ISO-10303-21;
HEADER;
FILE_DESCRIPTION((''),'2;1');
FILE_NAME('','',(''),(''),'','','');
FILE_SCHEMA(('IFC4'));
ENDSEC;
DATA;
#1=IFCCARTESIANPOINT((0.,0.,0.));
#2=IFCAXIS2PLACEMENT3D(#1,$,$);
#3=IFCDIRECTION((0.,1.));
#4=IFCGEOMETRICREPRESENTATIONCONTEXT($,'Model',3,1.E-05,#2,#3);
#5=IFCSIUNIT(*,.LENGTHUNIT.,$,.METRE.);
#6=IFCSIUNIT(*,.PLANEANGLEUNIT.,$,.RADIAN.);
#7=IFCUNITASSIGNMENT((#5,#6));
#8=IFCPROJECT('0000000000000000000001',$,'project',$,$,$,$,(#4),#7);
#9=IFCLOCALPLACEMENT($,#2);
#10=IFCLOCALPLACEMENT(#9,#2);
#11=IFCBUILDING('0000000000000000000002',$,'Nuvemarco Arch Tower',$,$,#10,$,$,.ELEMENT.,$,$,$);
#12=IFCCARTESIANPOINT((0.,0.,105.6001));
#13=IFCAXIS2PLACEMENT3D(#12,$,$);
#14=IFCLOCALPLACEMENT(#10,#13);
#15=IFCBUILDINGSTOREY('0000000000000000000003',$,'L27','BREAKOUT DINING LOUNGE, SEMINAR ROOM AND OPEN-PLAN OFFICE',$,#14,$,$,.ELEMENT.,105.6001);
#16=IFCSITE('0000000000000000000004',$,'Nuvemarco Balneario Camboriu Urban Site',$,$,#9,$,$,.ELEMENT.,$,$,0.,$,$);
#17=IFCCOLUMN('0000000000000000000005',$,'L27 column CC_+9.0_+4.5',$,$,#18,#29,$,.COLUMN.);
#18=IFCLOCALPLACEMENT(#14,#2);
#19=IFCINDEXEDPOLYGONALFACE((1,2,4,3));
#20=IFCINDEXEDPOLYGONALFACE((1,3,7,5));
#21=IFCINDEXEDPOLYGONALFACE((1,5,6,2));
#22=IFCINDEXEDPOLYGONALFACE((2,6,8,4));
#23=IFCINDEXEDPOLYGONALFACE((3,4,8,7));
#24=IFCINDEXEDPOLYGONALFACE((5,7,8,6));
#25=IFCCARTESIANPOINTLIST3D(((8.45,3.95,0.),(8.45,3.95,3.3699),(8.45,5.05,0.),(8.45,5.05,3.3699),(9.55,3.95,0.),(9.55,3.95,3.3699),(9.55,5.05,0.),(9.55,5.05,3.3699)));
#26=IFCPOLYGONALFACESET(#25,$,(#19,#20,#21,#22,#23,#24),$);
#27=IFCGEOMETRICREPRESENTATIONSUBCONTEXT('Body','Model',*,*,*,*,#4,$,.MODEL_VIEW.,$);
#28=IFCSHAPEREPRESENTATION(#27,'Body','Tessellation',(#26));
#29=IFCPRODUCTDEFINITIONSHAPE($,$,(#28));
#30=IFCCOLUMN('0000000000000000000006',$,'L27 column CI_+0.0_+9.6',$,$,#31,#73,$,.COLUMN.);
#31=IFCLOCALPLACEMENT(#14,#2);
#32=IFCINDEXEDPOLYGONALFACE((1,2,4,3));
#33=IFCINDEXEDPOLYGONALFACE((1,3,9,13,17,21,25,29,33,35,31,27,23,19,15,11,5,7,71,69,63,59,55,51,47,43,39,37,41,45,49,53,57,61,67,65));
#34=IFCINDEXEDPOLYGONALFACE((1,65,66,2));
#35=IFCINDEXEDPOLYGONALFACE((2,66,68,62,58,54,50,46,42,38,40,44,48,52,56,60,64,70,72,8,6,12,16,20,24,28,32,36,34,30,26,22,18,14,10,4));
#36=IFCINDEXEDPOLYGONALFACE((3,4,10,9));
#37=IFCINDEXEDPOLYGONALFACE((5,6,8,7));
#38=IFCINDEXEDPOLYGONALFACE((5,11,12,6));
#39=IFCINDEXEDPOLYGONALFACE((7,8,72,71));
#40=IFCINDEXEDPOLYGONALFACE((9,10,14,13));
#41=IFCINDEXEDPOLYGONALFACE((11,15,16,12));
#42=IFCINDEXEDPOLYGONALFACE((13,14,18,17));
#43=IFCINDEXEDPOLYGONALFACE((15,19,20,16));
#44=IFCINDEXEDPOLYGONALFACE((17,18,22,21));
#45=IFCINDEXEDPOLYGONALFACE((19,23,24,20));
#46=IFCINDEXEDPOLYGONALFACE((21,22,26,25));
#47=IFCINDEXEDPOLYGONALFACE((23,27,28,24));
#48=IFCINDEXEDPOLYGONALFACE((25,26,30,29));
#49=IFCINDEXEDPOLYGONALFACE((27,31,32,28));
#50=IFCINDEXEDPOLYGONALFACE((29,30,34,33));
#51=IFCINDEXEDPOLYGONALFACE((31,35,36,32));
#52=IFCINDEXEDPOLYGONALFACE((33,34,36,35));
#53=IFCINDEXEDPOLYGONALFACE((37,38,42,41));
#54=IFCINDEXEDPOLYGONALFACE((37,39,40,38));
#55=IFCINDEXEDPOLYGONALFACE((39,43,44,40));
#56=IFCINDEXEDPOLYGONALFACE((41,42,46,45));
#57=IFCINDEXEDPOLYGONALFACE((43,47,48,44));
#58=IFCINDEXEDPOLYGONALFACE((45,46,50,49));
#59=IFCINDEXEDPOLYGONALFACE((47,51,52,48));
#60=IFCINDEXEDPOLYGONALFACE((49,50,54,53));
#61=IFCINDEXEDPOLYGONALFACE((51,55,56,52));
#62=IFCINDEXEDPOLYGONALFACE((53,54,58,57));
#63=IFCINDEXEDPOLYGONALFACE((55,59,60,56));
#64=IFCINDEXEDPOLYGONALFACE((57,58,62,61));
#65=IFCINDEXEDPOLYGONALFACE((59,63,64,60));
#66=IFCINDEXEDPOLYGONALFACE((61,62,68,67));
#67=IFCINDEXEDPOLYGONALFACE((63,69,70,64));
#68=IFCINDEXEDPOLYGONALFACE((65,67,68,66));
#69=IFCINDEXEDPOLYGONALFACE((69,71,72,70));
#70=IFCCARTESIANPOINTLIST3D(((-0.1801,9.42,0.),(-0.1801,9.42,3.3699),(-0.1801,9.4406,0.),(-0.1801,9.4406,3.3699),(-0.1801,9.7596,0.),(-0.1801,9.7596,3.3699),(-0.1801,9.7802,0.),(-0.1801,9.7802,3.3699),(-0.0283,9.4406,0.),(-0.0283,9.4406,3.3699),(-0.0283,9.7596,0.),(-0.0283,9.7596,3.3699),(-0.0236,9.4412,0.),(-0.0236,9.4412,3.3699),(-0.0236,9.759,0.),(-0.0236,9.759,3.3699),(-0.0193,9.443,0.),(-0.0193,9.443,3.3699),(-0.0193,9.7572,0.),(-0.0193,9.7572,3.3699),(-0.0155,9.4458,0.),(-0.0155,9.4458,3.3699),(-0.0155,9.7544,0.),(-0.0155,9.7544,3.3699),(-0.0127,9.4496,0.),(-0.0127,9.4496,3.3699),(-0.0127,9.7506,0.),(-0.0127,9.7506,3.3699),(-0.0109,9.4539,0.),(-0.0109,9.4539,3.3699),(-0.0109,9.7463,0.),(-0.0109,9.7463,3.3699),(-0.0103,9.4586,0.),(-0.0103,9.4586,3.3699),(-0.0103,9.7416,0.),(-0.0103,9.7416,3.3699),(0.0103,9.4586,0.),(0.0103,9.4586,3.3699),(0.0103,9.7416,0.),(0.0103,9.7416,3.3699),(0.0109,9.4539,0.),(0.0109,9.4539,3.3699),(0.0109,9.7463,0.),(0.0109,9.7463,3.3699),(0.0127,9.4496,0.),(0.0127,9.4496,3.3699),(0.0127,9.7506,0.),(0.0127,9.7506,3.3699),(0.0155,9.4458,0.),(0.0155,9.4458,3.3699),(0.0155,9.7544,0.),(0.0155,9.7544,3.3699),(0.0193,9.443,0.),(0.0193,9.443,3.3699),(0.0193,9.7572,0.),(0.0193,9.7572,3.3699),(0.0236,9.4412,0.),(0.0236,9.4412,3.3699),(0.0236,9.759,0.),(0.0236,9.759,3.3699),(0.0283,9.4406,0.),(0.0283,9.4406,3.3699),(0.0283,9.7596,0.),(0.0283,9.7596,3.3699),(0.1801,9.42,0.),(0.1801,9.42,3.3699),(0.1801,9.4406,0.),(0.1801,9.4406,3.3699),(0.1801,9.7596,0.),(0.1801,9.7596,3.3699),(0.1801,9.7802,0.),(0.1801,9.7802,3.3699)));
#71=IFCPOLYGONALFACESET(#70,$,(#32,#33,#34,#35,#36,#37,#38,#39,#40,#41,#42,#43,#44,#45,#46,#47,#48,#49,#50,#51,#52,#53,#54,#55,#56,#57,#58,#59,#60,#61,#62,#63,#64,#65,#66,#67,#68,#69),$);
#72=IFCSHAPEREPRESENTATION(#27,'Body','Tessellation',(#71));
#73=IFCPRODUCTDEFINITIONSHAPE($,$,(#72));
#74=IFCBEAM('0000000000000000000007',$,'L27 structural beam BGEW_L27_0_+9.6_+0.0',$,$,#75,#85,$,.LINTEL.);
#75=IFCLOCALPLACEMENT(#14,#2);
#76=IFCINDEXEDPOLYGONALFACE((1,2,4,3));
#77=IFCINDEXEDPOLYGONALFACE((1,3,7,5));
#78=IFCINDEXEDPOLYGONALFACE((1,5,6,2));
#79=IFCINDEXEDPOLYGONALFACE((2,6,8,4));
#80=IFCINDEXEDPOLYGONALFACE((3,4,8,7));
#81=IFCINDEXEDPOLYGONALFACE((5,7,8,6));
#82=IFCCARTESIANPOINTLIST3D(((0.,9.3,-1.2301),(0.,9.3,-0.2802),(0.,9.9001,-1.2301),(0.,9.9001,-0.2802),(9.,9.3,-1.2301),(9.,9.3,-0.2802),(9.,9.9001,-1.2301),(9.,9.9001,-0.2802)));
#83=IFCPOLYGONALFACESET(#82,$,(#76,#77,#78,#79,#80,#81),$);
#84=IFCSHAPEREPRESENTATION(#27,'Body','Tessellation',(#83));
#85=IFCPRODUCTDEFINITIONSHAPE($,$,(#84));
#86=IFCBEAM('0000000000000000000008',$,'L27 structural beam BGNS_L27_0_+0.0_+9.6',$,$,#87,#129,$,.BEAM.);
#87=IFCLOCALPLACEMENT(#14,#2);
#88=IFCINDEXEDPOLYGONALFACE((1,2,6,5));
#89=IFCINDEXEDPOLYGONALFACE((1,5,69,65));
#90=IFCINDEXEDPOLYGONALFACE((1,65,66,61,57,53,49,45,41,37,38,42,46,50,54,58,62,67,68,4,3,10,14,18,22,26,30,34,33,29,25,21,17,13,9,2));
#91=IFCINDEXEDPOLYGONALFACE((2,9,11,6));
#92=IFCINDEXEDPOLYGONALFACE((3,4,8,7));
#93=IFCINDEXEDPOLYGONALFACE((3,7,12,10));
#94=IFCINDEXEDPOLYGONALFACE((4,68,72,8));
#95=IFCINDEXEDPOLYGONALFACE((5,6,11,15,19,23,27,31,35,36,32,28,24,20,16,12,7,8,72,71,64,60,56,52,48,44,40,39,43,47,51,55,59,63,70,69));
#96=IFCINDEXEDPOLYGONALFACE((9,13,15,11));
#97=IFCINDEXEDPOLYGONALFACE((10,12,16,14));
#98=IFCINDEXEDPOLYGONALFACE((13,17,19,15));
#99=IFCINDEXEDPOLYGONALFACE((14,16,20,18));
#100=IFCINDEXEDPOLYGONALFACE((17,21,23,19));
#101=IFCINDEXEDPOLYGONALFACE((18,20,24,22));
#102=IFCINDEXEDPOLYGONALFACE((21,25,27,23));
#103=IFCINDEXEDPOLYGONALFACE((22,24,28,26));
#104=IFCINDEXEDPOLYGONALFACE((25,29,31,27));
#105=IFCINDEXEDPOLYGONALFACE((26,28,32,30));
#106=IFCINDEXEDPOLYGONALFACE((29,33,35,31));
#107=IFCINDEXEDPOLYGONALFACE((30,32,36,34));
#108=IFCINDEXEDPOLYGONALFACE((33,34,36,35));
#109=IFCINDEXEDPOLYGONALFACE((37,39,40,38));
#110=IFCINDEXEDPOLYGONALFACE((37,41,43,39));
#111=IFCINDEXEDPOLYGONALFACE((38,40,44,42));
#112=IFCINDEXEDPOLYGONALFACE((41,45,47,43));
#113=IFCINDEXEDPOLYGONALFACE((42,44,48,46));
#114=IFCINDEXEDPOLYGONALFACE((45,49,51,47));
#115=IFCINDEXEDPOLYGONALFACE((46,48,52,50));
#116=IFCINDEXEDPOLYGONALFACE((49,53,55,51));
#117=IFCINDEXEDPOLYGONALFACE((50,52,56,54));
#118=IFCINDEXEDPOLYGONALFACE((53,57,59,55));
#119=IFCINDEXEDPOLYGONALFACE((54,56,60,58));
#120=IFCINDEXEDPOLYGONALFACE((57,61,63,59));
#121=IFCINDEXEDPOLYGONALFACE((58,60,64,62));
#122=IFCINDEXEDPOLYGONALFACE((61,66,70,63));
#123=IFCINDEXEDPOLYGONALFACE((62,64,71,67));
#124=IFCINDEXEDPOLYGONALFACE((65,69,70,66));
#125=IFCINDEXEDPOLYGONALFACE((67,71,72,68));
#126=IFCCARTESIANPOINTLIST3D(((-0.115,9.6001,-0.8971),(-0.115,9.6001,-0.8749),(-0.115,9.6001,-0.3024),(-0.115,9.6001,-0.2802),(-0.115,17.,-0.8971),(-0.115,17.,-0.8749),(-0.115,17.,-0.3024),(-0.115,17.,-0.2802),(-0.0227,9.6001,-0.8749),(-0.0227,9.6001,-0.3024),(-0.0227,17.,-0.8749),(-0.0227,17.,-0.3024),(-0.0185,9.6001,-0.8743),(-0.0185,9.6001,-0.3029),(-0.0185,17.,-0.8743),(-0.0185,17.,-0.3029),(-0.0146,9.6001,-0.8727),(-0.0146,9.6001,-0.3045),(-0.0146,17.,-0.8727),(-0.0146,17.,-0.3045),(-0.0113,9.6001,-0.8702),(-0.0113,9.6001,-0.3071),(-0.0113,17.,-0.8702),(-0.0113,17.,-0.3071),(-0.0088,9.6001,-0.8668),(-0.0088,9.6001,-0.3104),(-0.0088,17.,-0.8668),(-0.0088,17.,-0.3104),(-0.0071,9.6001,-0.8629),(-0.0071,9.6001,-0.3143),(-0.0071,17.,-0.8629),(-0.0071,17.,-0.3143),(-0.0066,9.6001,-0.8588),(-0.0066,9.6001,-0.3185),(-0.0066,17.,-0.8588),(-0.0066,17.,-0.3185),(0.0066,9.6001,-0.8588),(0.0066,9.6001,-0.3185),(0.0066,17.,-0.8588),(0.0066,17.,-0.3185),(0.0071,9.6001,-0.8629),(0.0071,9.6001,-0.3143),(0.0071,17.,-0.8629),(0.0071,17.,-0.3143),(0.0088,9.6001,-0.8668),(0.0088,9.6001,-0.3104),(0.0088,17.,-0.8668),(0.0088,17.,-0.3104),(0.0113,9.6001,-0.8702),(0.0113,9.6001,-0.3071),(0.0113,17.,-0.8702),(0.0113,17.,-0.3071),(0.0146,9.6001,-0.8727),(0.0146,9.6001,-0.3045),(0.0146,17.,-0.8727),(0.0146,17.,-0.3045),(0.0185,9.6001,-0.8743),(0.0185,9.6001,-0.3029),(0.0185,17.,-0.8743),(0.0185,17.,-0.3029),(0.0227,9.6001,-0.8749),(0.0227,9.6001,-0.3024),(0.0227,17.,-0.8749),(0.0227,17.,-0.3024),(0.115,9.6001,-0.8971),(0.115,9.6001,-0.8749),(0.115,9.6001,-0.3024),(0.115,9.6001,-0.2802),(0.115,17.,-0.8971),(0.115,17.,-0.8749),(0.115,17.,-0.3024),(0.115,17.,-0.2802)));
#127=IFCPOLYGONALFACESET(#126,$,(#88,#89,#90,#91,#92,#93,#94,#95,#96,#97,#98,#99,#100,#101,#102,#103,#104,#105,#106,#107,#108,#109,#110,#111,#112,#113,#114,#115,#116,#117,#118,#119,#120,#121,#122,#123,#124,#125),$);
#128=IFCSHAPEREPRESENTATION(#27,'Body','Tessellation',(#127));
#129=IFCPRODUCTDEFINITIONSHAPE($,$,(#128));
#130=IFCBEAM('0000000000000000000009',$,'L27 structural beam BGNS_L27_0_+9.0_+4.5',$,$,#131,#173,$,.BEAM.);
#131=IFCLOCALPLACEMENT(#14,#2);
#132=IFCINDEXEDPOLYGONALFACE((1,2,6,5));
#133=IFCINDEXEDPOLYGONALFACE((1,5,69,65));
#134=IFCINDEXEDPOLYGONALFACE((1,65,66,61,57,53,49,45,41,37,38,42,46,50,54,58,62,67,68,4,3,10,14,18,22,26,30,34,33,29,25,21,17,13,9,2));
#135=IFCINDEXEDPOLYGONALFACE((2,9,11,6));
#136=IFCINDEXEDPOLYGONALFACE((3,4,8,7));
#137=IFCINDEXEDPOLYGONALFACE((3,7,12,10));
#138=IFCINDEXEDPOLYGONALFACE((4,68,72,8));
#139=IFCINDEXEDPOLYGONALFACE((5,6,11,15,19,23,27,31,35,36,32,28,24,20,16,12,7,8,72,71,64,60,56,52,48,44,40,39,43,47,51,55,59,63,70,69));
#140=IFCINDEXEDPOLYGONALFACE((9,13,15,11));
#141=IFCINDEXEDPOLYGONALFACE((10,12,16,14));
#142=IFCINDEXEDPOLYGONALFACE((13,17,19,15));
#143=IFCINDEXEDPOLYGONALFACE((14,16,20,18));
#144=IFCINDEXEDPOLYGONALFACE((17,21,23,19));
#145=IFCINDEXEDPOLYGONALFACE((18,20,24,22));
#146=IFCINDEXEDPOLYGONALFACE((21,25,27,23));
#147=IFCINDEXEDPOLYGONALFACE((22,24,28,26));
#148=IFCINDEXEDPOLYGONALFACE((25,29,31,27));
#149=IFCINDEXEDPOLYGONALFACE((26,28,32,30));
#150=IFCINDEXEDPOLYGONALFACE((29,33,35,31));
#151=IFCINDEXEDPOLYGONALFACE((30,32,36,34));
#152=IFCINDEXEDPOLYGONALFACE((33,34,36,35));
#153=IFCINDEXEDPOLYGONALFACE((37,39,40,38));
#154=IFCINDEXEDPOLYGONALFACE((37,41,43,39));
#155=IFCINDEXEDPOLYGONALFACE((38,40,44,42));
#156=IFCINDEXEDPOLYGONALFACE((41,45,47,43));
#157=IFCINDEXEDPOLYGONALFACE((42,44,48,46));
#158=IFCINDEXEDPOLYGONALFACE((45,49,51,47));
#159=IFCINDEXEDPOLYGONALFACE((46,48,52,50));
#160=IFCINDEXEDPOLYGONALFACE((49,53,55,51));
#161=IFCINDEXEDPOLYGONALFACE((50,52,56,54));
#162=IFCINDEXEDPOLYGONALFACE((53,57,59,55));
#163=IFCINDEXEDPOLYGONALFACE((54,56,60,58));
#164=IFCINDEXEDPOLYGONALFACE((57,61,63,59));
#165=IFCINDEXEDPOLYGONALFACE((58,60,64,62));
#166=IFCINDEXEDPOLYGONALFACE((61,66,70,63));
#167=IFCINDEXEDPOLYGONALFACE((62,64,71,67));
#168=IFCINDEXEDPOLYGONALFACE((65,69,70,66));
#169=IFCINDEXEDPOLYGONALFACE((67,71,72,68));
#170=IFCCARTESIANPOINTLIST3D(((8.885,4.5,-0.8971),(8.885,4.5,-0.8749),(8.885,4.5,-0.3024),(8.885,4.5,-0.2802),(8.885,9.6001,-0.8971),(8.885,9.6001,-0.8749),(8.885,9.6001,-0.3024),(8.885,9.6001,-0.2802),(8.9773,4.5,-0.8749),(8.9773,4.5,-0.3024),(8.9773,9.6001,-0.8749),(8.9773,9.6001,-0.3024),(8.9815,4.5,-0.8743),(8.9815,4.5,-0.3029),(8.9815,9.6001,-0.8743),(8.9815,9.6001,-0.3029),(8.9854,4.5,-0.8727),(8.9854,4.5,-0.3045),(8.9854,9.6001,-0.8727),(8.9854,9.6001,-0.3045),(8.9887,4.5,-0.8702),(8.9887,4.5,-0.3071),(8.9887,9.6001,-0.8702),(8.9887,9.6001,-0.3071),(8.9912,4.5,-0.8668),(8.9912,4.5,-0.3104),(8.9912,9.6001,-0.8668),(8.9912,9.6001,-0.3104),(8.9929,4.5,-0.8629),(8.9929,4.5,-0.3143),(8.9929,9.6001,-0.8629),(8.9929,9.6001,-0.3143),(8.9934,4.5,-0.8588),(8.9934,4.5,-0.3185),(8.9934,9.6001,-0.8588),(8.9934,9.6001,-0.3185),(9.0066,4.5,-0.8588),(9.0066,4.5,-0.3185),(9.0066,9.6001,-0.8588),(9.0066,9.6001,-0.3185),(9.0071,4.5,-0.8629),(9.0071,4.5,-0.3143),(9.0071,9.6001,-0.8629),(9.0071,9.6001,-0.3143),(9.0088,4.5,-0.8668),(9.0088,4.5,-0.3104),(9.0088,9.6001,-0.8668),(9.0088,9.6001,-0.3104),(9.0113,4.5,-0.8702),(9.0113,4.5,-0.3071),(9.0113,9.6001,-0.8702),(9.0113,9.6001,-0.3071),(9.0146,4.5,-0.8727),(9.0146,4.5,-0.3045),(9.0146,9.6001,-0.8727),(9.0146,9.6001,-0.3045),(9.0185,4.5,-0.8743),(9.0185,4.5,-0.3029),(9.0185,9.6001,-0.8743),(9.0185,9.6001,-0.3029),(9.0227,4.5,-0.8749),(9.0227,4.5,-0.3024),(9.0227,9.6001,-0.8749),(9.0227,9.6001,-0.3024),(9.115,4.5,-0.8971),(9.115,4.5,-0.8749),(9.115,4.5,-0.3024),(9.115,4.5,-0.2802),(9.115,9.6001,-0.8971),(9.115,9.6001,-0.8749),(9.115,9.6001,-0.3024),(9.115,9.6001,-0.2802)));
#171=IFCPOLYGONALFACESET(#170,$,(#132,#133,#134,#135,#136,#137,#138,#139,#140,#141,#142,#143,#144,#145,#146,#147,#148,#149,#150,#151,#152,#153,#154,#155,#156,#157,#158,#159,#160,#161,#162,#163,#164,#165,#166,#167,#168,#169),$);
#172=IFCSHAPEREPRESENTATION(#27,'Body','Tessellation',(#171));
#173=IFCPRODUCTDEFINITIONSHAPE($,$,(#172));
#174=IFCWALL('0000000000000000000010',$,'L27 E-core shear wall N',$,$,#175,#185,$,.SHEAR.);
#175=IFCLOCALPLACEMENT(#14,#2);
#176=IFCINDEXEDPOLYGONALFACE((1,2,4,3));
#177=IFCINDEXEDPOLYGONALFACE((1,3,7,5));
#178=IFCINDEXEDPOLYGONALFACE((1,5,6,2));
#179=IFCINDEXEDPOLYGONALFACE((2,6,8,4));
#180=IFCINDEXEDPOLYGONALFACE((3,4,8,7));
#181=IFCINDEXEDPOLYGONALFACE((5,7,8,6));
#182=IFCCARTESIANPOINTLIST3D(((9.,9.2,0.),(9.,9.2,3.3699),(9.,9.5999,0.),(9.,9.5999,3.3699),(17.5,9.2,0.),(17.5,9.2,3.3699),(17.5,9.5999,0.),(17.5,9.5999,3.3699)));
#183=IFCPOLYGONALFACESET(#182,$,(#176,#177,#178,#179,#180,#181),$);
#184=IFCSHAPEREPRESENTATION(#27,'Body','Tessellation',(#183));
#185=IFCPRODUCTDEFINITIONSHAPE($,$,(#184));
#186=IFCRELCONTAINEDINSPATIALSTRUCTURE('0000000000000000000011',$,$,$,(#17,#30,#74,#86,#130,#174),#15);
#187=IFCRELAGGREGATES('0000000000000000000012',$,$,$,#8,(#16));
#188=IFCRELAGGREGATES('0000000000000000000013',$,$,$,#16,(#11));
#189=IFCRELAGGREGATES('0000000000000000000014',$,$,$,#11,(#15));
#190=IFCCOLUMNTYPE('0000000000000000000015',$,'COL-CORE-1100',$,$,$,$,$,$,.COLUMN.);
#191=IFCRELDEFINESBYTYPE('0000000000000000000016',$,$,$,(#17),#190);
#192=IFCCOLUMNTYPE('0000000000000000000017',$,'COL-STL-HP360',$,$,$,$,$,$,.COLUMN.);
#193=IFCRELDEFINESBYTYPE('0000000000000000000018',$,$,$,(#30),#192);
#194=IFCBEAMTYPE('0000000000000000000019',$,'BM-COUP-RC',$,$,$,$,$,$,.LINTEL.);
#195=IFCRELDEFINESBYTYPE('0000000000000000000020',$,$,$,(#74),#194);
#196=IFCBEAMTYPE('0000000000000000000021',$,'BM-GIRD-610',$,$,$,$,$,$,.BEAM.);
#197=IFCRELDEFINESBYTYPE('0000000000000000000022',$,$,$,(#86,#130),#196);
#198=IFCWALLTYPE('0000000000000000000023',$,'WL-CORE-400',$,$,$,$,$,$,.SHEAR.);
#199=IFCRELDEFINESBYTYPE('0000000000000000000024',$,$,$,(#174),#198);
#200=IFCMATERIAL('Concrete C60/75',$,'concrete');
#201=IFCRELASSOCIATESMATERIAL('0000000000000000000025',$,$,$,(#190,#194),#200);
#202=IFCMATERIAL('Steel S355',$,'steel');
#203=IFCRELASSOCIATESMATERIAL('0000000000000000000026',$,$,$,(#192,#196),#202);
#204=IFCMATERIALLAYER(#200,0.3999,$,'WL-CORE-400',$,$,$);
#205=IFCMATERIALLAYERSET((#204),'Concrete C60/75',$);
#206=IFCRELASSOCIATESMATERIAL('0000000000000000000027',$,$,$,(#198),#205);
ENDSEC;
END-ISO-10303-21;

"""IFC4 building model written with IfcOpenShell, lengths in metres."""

from ifc_helpers import new_model, si_unit, direction, frame, frame_2d, origin, origin_2d, place, context, subcontext, project, spatial, rectangle, i_section, extrude, material, layer, layer_set, material_profile, profile_set, type_object, element, save


model = new_model("IFC4")

# Units and contexts
model_context = context("Model", 3, precision=1e-05, world=origin(), true_north=direction((0.0, 1.0)))
body_context = subcontext(model_context, "Body", "Model", "MODEL_VIEW")
ifc_project = project(units=[si_unit("LENGTHUNIT", "METRE"), si_unit("PLANEANGLEUNIT", "RADIAN")], contexts=[model_context])

# Site, building, storey
site_placement = place(None, origin())
site = spatial("IfcSite", under=ifc_project, at=site_placement, Name="Nuvemarco Balneario Camboriu Urban Site", CompositionType="ELEMENT", RefElevation=0.0)
building_placement = place(site_placement, origin())
building = spatial("IfcBuilding", under=site, at=building_placement, Name="Nuvemarco Arch Tower", CompositionType="ELEMENT")
storey_placement = place(building_placement, frame((0.0, 0.0, 105.6001)))
storey = spatial("IfcBuildingStorey", under=building, at=storey_placement, Name="L27", Description="BREAKOUT DINING LOUNGE, SEMINAR ROOM AND OPEN-PLAN OFFICE", CompositionType="ELEMENT", Elevation=105.6001)

# Columns
ifc_material_1 = material(Name="Concrete C60/75", Category="concrete")
ifc_material_profile_1 = material_profile(ifc_material_1, rectangle(XDim=1.1001, YDim=1.1001, at=origin_2d()), Name="RC-COL-1100x1100")
ifc_profile_set_1 = profile_set([ifc_material_profile_1], Name="Concrete C60/75")
column_type_1 = type_object("IfcColumnType", Name="COL-CORE-1100", PredefinedType="COLUMN", material=ifc_profile_set_1)
column_1_placement = place(storey_placement, frame((9.0, 4.5, 0.0), z_axis=(0.0, 0.0, 1.0), x_axis=(1.0, 0.0, 0.0)))
element("IfcColumn", 1, at=column_1_placement, inside=storey, type_object=column_type_1, Name="L27 column CC_+9.0_+4.5", PredefinedType="COLUMN", context=body_context, shape_type="SweptSolid", body=[
    extrude(rectangle(XDim=1.1001, YDim=1.1001, at=origin_2d()), origin(), (0.0, 0.0, 1.0), 3.3699),
])
ifc_material_2 = material(Name="Steel S355", Category="steel")
ifc_material_profile_2 = material_profile(ifc_material_2, i_section(OverallWidth=0.3601, OverallDepth=0.3601, WebThickness=0.0205, FlangeThickness=0.0205, FilletRadius=0.0181, at=origin_2d()), Name="HP360x174")
ifc_profile_set_2 = profile_set([ifc_material_profile_2], Name="Steel S355")
column_type_2 = type_object("IfcColumnType", Name="COL-STL-HP360", PredefinedType="COLUMN", material=ifc_profile_set_2)
column_2_placement = place(storey_placement, frame((0.0, 9.6001, 0.0), z_axis=(0.0, 0.0, 1.0), x_axis=(1.0, 0.0, 0.0)))
element("IfcColumn", 2, at=column_2_placement, inside=storey, type_object=column_type_2, Name="L27 column CI_+0.0_+9.6", PredefinedType="COLUMN", context=body_context, shape_type="SweptSolid", body=[
    extrude(i_section(OverallWidth=0.3601, OverallDepth=0.3601, WebThickness=0.0205, FlangeThickness=0.0205, FilletRadius=0.0181, at=origin_2d()), origin(), (0.0, 0.0, 1.0), 3.3699),
])

# Beams
ifc_material_profile_3 = material_profile(ifc_material_1, rectangle(XDim=0.6001, YDim=0.95, at=origin_2d()), Name="RC-BM-600x950")
ifc_profile_set_3 = profile_set([ifc_material_profile_3], Name="Concrete C60/75")
beam_type_1 = type_object("IfcBeamType", Name="BM-COUP-RC", PredefinedType="LINTEL", material=ifc_profile_set_3)
beam_1_placement = place(storey_placement, frame((0.0, 9.6001, -0.7551), z_axis=(1.0, 0.0, 0.0), x_axis=(0.0, 1.0, 0.0)))
element("IfcBeam", 3, at=beam_1_placement, inside=storey, type_object=beam_type_1, Name="L27 structural beam BGEW_L27_0_+9.6_+0.0", PredefinedType="LINTEL", context=body_context, shape_type="SweptSolid", body=[
    extrude(rectangle(XDim=0.6001, YDim=0.95, at=origin_2d()), origin(), (0.0, 0.0, 1.0), 9.0),
])
ifc_material_profile_4 = material_profile(ifc_material_2, i_section(OverallWidth=0.23, OverallDepth=0.6169, WebThickness=0.0132, FlangeThickness=0.0222, FilletRadius=0.0161, at=origin_2d()), Name="W610x140")
ifc_profile_set_4 = profile_set([ifc_material_profile_4], Name="Steel S355")
beam_type_2 = type_object("IfcBeamType", Name="BM-GIRD-610", PredefinedType="BEAM", material=ifc_profile_set_4)
beam_2_placement = place(storey_placement, frame((0.0, 9.6001, -0.5886), z_axis=(0.0, 1.0, 0.0), x_axis=(-1.0, 0.0, 0.0)))
element("IfcBeam", 4, at=beam_2_placement, inside=storey, type_object=beam_type_2, Name="L27 structural beam BGNS_L27_0_+0.0_+9.6", PredefinedType="BEAM", context=body_context, shape_type="SweptSolid", body=[
    extrude(i_section(OverallWidth=0.23, OverallDepth=0.6169, WebThickness=0.0132, FlangeThickness=0.0222, FilletRadius=0.0161, at=origin_2d()), origin(), (0.0, 0.0, 1.0), 7.3999),
])
beam_3_placement = place(storey_placement, frame((9.0, 4.5, -0.5886), z_axis=(0.0, 1.0, 0.0), x_axis=(-1.0, 0.0, 0.0)))
element("IfcBeam", 5, at=beam_3_placement, inside=storey, type_object=beam_type_2, Name="L27 structural beam BGNS_L27_0_+9.0_+4.5", PredefinedType="BEAM", context=body_context, shape_type="SweptSolid", body=[
    extrude(i_section(OverallWidth=0.23, OverallDepth=0.6169, WebThickness=0.0132, FlangeThickness=0.0222, FilletRadius=0.0161, at=origin_2d()), origin(), (0.0, 0.0, 1.0), 5.1001),
])

# Wall
ifc_layer_1 = layer(ifc_material_1, 0.3999, Name="WL-CORE-400")
ifc_layer_set_1 = layer_set([ifc_layer_1], Name="Concrete C60/75")
wall_type_1 = type_object("IfcWallType", Name="WL-CORE-400", PredefinedType="SHEAR", material=ifc_layer_set_1)
wall_1_placement = place(storey_placement, frame((9.0, 9.3999, 0.0), z_axis=(0.0, 0.0, 1.0), x_axis=(1.0, 0.0, 0.0)))
element("IfcWall", 6, at=wall_1_placement, inside=storey, type_object=wall_type_1, Name="L27 E-core shear wall N", PredefinedType="SHEAR", context=body_context, shape_type="SweptSolid", body=[
    extrude(rectangle(XDim=8.5, YDim=0.3999, at=frame_2d((4.25, 0.0))), origin(), (0.0, 0.0, 1.0), 3.3699),
])

save(model, "model.ifc")
